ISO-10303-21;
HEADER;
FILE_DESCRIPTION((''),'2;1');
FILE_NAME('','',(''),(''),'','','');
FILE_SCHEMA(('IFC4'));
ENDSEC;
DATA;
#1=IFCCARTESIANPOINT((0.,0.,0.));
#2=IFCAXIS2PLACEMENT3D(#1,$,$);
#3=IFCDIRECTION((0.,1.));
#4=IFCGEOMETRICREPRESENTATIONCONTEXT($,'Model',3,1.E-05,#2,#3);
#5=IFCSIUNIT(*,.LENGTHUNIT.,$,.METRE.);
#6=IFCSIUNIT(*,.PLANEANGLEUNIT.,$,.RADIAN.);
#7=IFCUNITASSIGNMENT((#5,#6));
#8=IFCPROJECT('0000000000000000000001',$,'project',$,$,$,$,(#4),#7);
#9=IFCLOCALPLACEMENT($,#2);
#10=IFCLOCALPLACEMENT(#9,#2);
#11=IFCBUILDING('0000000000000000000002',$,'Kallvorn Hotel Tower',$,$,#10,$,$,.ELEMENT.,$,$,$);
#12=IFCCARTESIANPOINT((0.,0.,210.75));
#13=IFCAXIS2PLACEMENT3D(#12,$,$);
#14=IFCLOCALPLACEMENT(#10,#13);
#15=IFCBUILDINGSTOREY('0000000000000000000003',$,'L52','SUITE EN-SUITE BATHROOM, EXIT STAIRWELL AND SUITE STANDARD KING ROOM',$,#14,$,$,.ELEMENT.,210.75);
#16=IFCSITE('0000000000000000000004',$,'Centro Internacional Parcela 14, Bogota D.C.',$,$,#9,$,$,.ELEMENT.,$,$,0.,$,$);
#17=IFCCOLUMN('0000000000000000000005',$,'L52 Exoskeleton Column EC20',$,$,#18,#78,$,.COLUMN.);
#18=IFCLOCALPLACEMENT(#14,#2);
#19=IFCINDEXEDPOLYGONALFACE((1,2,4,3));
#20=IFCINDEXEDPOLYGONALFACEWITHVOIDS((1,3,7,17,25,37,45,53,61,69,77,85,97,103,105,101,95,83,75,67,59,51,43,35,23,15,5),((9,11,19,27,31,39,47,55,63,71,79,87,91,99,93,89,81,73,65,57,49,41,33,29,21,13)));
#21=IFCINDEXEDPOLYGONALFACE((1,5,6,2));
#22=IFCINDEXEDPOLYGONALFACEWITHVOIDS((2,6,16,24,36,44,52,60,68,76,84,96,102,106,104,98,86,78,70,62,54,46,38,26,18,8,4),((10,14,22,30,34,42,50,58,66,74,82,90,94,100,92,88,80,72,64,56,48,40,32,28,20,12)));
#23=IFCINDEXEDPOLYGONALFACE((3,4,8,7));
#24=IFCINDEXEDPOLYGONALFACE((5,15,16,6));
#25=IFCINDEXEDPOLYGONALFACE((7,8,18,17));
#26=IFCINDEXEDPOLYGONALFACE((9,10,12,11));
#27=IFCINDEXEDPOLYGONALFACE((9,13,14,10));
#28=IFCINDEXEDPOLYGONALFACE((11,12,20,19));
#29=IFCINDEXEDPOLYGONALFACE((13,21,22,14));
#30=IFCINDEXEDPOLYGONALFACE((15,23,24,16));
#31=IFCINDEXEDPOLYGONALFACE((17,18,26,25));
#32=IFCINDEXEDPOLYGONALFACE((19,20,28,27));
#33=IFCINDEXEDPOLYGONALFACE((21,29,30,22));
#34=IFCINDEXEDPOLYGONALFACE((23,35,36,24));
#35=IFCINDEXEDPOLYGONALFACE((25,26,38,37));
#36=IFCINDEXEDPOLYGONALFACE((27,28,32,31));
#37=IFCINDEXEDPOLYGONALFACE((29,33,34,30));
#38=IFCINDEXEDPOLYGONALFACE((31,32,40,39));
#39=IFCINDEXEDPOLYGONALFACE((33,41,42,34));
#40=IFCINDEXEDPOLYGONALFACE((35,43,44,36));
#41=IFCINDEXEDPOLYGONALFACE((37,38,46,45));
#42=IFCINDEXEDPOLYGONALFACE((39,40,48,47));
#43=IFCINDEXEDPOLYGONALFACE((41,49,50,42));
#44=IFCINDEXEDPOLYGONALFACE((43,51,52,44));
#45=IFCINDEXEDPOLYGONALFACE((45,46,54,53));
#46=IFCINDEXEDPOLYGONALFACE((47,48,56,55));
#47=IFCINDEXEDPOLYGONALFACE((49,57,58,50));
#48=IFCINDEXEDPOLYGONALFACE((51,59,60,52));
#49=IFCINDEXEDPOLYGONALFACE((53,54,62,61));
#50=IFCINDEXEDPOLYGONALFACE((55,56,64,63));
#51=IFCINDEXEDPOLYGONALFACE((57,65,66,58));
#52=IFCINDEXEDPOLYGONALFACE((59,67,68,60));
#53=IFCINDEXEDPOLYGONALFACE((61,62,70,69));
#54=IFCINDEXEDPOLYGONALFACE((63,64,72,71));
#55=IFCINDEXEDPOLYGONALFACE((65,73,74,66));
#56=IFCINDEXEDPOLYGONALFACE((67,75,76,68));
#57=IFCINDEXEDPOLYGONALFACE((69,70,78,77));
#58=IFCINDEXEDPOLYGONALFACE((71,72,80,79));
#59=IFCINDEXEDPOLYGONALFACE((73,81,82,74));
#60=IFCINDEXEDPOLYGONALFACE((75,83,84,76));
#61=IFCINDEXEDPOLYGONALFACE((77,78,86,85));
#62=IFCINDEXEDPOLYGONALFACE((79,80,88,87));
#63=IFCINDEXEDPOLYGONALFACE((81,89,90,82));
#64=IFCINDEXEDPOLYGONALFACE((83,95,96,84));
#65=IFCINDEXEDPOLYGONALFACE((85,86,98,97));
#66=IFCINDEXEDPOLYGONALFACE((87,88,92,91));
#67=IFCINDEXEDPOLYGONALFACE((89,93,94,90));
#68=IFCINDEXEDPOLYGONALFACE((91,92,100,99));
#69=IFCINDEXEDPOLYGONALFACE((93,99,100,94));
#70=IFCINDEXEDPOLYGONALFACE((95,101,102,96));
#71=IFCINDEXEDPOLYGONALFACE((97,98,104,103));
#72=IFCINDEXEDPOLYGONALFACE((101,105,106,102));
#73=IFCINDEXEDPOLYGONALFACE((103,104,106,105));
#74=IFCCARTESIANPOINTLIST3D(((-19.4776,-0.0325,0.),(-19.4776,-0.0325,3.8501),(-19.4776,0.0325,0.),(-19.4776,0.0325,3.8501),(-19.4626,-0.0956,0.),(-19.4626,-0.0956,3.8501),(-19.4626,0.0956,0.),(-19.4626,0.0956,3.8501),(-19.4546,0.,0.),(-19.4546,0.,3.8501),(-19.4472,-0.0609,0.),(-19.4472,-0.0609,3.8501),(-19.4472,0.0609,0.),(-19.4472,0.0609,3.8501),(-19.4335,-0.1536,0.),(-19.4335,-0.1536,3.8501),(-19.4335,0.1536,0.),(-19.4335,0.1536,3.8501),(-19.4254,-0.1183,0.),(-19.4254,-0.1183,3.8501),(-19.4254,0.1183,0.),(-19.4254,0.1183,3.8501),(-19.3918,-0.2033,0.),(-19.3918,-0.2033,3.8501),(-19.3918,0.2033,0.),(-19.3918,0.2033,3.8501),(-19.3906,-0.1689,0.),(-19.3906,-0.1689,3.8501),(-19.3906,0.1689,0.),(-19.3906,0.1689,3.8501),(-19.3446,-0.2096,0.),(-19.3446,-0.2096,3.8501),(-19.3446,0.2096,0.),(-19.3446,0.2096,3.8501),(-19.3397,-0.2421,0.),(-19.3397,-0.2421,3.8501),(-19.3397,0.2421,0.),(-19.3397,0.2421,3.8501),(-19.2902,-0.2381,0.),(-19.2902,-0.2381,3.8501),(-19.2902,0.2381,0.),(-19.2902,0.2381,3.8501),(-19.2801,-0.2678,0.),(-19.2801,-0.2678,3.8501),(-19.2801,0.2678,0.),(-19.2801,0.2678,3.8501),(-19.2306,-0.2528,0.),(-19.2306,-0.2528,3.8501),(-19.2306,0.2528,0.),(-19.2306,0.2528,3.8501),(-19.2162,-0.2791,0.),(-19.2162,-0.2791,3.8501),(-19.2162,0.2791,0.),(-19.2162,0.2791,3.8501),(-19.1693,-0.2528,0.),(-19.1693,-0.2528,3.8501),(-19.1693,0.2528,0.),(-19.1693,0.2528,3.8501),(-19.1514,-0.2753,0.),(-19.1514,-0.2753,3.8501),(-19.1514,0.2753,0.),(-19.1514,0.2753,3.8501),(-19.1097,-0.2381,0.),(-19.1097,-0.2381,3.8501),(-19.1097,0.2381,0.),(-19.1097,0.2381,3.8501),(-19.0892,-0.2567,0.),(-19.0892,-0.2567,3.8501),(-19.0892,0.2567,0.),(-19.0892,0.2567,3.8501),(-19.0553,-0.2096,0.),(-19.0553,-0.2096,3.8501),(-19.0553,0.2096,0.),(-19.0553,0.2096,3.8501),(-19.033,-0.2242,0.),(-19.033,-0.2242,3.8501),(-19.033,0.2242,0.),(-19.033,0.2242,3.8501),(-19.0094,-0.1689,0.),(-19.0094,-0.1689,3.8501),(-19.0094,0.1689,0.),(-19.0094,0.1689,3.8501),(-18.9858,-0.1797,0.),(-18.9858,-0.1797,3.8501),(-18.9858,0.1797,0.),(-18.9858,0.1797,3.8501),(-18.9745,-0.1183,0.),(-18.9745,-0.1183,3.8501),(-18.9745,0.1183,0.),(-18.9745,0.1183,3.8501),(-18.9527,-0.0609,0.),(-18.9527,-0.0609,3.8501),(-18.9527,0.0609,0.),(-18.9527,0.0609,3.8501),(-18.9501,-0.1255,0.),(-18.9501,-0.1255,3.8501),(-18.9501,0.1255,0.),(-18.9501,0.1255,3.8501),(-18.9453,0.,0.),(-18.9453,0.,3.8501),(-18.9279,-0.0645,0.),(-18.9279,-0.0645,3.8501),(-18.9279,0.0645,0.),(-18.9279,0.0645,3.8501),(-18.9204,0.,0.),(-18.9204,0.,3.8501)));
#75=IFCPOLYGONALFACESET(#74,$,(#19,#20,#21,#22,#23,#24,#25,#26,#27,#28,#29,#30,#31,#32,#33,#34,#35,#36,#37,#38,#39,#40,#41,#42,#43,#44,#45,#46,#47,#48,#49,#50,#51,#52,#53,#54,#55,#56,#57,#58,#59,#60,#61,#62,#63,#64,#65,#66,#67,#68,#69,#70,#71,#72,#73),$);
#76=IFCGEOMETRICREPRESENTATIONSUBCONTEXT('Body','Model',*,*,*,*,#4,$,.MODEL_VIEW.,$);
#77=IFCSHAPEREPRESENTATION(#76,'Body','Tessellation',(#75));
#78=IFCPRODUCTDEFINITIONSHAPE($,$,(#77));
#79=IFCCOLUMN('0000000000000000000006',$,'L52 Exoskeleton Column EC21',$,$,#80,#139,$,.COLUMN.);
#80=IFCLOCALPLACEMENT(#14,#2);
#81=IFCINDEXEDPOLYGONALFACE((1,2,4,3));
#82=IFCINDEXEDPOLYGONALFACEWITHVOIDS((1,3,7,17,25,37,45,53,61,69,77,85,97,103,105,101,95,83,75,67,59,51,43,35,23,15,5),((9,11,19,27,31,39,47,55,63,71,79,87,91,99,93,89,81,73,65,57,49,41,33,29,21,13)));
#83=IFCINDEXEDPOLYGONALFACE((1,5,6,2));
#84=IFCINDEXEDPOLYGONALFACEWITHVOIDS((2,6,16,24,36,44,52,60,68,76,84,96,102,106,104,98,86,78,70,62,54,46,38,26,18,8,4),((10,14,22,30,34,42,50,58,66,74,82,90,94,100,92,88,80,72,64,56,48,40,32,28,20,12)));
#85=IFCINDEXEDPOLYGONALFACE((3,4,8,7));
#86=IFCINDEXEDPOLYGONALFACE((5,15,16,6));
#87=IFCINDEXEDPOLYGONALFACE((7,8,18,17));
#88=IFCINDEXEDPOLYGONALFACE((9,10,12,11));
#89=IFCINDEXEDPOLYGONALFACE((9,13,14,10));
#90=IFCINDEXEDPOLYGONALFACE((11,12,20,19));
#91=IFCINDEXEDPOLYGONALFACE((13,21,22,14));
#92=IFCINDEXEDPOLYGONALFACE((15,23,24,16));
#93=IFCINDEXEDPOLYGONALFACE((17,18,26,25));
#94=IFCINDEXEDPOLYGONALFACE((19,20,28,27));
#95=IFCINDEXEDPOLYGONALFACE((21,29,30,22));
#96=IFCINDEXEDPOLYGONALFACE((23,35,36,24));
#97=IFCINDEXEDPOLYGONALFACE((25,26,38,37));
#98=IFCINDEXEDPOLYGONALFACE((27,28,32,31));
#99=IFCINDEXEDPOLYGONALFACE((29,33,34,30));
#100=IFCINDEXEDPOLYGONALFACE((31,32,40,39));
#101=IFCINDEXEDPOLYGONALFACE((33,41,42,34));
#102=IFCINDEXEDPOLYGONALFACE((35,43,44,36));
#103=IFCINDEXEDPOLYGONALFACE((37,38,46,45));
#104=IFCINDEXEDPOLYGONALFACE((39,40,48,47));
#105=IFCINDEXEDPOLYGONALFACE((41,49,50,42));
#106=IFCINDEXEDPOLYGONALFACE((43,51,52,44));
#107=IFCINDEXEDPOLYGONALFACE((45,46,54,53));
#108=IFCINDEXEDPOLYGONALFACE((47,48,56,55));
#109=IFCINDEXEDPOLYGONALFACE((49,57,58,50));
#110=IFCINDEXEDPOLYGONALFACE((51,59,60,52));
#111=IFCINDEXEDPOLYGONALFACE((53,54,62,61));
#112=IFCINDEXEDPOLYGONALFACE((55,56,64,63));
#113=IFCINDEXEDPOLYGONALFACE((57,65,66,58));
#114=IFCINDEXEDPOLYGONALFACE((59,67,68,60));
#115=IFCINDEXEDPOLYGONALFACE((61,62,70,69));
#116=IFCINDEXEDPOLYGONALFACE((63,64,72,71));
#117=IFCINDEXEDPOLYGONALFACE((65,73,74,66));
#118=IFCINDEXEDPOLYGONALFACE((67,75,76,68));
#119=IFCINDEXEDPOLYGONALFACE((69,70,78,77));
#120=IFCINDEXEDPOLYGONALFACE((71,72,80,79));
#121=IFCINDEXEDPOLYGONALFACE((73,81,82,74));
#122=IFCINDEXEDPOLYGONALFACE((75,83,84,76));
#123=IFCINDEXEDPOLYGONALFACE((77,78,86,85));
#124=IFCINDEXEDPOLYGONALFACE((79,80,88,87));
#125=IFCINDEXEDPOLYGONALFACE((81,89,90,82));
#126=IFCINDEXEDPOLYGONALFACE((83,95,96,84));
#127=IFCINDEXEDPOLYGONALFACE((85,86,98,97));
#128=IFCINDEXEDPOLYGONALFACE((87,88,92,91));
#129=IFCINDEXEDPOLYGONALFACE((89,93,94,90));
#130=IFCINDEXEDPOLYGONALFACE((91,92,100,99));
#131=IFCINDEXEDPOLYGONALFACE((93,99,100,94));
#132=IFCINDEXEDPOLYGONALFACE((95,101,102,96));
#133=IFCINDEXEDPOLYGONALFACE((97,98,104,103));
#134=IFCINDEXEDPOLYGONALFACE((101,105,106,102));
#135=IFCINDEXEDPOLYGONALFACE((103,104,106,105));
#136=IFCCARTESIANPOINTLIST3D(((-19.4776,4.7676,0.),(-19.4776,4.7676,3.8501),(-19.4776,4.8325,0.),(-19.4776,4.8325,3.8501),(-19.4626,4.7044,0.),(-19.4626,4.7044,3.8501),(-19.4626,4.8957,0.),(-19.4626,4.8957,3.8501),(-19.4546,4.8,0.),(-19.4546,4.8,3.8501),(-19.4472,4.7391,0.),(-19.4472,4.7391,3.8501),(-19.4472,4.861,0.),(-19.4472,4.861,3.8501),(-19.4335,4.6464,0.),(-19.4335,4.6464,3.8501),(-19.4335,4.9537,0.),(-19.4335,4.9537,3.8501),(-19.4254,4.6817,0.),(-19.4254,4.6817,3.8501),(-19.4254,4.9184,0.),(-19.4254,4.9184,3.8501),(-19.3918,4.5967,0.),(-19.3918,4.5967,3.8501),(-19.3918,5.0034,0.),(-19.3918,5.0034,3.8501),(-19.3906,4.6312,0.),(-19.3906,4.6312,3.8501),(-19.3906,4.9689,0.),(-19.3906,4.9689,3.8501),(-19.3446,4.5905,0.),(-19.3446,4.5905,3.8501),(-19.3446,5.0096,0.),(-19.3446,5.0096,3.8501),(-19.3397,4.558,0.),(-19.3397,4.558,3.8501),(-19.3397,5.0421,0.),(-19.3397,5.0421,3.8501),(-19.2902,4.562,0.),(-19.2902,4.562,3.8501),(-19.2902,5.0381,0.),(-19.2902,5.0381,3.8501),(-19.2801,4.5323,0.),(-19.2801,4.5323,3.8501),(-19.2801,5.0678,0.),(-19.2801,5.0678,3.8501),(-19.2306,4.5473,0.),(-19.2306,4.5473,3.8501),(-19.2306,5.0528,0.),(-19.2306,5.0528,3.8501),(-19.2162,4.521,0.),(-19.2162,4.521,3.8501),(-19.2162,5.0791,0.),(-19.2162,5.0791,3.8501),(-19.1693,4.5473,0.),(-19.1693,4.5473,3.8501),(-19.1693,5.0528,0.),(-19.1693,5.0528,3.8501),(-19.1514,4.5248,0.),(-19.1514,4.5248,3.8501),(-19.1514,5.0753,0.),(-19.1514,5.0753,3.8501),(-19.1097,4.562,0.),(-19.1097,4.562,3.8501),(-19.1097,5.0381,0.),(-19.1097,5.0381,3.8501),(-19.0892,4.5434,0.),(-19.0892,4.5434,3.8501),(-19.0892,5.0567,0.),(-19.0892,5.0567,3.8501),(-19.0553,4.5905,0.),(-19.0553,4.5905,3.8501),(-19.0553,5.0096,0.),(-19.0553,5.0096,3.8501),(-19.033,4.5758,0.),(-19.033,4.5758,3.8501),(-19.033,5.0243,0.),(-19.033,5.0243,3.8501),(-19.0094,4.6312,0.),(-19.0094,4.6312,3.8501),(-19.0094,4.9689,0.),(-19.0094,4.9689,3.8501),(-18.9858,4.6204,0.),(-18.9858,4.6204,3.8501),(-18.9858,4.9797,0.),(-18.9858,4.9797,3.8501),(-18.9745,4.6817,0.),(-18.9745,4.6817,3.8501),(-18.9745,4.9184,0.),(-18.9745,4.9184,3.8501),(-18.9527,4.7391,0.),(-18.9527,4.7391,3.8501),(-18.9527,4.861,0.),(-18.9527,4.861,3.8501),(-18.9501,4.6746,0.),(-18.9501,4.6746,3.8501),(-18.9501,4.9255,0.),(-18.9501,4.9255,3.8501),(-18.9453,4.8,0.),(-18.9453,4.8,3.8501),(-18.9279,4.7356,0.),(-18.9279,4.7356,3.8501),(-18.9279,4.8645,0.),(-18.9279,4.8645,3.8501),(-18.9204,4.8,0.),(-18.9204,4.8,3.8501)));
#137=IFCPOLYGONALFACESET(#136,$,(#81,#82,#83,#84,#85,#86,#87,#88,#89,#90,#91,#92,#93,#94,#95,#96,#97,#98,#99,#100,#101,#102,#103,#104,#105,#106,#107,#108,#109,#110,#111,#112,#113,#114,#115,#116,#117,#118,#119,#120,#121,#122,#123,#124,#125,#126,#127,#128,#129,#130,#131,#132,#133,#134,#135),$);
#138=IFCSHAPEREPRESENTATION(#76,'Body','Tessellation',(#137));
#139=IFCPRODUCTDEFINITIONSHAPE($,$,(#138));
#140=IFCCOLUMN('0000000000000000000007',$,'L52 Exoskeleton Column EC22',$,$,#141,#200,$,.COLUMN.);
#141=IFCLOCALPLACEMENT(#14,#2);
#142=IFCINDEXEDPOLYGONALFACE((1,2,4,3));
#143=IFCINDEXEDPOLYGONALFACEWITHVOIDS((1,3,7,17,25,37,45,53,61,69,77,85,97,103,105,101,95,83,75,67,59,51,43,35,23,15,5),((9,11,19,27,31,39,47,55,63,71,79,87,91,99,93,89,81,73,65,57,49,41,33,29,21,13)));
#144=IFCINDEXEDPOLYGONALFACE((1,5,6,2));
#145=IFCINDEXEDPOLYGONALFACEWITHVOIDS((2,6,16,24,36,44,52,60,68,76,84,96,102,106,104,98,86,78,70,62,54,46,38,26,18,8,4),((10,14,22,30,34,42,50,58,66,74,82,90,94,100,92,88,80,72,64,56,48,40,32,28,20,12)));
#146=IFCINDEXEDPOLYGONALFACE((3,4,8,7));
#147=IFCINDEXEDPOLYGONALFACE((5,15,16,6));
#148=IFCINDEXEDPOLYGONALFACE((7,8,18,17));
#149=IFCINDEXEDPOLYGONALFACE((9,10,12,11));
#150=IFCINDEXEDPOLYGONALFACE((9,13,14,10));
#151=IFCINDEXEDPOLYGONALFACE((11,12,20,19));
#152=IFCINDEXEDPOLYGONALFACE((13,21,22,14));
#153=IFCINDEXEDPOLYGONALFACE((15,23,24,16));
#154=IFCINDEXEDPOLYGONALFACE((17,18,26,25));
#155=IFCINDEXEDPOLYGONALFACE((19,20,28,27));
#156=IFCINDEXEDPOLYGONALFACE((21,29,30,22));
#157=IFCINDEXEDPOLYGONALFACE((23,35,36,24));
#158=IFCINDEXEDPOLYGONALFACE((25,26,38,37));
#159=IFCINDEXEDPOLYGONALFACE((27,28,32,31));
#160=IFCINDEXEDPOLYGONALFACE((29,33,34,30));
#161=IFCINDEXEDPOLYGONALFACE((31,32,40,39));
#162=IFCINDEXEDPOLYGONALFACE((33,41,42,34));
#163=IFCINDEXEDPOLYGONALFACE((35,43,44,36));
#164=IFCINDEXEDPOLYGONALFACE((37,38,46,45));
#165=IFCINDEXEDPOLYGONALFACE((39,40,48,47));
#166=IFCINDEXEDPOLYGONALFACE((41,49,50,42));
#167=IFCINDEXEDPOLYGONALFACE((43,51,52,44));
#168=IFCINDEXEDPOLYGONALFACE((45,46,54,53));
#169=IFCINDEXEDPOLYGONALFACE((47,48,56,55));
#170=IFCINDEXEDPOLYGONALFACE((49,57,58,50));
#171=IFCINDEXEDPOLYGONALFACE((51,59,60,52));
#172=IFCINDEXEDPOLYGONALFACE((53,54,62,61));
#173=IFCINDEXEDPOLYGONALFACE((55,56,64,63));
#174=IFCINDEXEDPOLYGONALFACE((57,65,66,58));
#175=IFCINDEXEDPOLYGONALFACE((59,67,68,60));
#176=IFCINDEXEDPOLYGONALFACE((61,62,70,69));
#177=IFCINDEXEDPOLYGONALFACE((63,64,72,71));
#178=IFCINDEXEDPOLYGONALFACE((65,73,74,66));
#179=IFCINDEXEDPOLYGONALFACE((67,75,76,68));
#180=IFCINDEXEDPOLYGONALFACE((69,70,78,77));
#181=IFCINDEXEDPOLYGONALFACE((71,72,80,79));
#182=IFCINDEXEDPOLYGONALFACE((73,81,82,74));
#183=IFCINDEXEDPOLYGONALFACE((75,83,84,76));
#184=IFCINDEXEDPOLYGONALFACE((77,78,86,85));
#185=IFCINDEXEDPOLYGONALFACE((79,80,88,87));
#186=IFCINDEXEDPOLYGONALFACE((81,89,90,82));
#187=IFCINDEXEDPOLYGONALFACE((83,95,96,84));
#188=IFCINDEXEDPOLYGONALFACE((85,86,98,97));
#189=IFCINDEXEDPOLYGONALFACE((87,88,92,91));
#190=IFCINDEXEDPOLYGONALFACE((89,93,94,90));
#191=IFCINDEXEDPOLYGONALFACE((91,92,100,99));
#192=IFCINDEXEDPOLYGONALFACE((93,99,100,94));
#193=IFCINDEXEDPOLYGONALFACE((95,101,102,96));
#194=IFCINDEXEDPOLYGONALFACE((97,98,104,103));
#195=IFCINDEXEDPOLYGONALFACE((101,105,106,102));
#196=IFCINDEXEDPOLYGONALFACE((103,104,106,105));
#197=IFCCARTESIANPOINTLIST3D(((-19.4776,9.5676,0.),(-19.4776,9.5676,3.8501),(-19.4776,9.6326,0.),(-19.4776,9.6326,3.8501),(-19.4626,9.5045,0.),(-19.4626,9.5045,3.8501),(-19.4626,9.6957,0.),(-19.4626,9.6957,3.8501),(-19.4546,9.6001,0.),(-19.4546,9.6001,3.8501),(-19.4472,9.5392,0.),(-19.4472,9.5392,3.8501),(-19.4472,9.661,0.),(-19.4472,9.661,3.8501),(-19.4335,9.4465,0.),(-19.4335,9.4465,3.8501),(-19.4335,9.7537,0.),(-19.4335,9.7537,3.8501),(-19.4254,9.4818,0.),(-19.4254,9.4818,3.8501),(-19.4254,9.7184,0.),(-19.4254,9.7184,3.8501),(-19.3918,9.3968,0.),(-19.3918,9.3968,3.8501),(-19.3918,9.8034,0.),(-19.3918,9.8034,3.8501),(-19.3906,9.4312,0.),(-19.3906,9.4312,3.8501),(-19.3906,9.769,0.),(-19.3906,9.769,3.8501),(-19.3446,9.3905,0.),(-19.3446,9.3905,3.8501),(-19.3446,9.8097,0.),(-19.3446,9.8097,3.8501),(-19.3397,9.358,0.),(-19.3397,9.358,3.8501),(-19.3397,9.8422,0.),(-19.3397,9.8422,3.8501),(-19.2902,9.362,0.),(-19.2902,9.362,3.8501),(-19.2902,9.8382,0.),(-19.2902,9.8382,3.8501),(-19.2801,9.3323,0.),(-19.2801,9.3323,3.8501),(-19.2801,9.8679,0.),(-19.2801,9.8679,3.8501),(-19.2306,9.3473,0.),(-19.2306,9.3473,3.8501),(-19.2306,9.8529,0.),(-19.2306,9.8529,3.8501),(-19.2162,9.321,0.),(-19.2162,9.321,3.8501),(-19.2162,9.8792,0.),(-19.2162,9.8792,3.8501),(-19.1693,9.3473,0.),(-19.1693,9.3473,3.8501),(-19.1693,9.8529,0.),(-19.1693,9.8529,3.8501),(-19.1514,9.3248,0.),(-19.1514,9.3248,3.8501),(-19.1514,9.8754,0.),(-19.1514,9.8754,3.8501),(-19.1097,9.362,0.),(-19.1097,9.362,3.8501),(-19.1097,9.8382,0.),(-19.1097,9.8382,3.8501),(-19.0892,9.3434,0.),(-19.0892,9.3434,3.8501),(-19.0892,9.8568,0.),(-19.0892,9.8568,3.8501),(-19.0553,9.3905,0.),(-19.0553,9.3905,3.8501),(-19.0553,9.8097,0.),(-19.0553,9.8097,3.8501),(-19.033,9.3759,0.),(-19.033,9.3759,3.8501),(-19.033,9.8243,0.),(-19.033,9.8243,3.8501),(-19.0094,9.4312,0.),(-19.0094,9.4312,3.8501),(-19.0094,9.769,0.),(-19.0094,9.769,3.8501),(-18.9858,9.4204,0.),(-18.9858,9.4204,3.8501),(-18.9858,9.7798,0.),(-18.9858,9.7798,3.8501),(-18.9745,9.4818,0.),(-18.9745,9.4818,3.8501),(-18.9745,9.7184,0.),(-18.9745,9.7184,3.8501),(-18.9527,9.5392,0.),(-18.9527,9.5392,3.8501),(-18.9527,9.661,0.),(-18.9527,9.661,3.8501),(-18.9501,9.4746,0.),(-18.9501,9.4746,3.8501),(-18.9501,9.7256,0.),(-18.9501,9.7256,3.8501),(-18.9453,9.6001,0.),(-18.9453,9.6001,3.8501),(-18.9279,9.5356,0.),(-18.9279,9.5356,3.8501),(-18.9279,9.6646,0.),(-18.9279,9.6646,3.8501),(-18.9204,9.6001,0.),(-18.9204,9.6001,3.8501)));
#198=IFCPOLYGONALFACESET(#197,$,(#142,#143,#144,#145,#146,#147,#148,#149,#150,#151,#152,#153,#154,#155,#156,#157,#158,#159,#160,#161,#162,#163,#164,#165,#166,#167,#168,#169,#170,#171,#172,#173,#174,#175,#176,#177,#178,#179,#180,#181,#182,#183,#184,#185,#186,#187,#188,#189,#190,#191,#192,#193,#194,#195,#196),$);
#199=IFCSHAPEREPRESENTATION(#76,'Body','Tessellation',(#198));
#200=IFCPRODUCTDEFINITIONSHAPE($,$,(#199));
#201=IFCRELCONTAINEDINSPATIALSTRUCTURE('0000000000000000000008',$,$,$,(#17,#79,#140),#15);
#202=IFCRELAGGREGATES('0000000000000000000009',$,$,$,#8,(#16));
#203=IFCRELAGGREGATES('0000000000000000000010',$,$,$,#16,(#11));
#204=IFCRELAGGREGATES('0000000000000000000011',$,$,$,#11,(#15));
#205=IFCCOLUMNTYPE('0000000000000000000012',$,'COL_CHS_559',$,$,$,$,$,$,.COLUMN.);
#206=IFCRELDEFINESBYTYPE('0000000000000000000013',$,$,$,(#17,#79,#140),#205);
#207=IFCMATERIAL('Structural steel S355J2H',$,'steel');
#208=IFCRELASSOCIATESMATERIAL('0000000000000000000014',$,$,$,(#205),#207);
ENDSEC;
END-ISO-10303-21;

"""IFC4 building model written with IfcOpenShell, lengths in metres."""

from ifc_helpers import new_model, si_unit, direction, frame, origin, origin_2d, place, context, subcontext, project, spatial, hollow_circle, extrude, material, material_profile, profile_set, type_object, element, save


model = new_model("IFC4")

# Units and contexts
model_context = context("Model", 3, precision=1e-05, world=origin(), true_north=direction((0.0, 1.0)))
body_context = subcontext(model_context, "Body", "Model", "MODEL_VIEW")
ifc_project = project(units=[si_unit("LENGTHUNIT", "METRE"), si_unit("PLANEANGLEUNIT", "RADIAN")], contexts=[model_context])

# Site, building, storey
site_placement = place(None, origin())
site = spatial("IfcSite", under=ifc_project, at=site_placement, Name="Centro Internacional Parcela 14, Bogota D.C.", CompositionType="ELEMENT", RefElevation=0.0)
building_placement = place(site_placement, origin())
building = spatial("IfcBuilding", under=site, at=building_placement, Name="Kallvorn Hotel Tower", CompositionType="ELEMENT")
storey_placement = place(building_placement, frame((0.0, 0.0, 210.75)))
storey = spatial("IfcBuildingStorey", under=building, at=storey_placement, Name="L52", Description="SUITE EN-SUITE BATHROOM, EXIT STAIRWELL AND SUITE STANDARD KING ROOM", CompositionType="ELEMENT", Elevation=210.75)

# Columns
ifc_material_1 = material(Name="Structural steel S355J2H", Category="steel")
ifc_material_profile_1 = material_profile(ifc_material_1, hollow_circle(Radius=0.2795, WallThickness=0.0249, at=origin_2d()), Name="CHS 559x25")
ifc_profile_set_1 = profile_set([ifc_material_profile_1], Name="Structural steel S355J2H")
column_type_1 = type_object("IfcColumnType", Name="COL_CHS_559", PredefinedType="COLUMN", material=ifc_profile_set_1)
for number, where, z_axis, x_axis, name in (
    (1, (-19.2, 0.0, 0.0), (0.0, 0.0, 1.0), (1.0, 0.0, 0.0), "L52 Exoskeleton Column EC20"),
    (2, (-19.2, 4.8, 0.0), (0.0, 0.0, 1.0), (1.0, 0.0, 0.0), "L52 Exoskeleton Column EC21"),
    (3, (-19.2, 9.6001, 0.0), (0.0, 0.0, 1.0), (1.0, 0.0, 0.0), "L52 Exoskeleton Column EC22"),
):
    element("IfcColumn", number, at=place(storey_placement, frame(where, z_axis=z_axis, x_axis=x_axis)), inside=storey, type_object=column_type_1, Name=name, PredefinedType="COLUMN", context=body_context, shape_type="SweptSolid", body=[
        extrude(hollow_circle(Radius=0.2795, WallThickness=0.0249, at=origin_2d()), origin(), (0.0, 0.0, 1.0), 3.8501),
    ])

save(model, "model.ifc")
